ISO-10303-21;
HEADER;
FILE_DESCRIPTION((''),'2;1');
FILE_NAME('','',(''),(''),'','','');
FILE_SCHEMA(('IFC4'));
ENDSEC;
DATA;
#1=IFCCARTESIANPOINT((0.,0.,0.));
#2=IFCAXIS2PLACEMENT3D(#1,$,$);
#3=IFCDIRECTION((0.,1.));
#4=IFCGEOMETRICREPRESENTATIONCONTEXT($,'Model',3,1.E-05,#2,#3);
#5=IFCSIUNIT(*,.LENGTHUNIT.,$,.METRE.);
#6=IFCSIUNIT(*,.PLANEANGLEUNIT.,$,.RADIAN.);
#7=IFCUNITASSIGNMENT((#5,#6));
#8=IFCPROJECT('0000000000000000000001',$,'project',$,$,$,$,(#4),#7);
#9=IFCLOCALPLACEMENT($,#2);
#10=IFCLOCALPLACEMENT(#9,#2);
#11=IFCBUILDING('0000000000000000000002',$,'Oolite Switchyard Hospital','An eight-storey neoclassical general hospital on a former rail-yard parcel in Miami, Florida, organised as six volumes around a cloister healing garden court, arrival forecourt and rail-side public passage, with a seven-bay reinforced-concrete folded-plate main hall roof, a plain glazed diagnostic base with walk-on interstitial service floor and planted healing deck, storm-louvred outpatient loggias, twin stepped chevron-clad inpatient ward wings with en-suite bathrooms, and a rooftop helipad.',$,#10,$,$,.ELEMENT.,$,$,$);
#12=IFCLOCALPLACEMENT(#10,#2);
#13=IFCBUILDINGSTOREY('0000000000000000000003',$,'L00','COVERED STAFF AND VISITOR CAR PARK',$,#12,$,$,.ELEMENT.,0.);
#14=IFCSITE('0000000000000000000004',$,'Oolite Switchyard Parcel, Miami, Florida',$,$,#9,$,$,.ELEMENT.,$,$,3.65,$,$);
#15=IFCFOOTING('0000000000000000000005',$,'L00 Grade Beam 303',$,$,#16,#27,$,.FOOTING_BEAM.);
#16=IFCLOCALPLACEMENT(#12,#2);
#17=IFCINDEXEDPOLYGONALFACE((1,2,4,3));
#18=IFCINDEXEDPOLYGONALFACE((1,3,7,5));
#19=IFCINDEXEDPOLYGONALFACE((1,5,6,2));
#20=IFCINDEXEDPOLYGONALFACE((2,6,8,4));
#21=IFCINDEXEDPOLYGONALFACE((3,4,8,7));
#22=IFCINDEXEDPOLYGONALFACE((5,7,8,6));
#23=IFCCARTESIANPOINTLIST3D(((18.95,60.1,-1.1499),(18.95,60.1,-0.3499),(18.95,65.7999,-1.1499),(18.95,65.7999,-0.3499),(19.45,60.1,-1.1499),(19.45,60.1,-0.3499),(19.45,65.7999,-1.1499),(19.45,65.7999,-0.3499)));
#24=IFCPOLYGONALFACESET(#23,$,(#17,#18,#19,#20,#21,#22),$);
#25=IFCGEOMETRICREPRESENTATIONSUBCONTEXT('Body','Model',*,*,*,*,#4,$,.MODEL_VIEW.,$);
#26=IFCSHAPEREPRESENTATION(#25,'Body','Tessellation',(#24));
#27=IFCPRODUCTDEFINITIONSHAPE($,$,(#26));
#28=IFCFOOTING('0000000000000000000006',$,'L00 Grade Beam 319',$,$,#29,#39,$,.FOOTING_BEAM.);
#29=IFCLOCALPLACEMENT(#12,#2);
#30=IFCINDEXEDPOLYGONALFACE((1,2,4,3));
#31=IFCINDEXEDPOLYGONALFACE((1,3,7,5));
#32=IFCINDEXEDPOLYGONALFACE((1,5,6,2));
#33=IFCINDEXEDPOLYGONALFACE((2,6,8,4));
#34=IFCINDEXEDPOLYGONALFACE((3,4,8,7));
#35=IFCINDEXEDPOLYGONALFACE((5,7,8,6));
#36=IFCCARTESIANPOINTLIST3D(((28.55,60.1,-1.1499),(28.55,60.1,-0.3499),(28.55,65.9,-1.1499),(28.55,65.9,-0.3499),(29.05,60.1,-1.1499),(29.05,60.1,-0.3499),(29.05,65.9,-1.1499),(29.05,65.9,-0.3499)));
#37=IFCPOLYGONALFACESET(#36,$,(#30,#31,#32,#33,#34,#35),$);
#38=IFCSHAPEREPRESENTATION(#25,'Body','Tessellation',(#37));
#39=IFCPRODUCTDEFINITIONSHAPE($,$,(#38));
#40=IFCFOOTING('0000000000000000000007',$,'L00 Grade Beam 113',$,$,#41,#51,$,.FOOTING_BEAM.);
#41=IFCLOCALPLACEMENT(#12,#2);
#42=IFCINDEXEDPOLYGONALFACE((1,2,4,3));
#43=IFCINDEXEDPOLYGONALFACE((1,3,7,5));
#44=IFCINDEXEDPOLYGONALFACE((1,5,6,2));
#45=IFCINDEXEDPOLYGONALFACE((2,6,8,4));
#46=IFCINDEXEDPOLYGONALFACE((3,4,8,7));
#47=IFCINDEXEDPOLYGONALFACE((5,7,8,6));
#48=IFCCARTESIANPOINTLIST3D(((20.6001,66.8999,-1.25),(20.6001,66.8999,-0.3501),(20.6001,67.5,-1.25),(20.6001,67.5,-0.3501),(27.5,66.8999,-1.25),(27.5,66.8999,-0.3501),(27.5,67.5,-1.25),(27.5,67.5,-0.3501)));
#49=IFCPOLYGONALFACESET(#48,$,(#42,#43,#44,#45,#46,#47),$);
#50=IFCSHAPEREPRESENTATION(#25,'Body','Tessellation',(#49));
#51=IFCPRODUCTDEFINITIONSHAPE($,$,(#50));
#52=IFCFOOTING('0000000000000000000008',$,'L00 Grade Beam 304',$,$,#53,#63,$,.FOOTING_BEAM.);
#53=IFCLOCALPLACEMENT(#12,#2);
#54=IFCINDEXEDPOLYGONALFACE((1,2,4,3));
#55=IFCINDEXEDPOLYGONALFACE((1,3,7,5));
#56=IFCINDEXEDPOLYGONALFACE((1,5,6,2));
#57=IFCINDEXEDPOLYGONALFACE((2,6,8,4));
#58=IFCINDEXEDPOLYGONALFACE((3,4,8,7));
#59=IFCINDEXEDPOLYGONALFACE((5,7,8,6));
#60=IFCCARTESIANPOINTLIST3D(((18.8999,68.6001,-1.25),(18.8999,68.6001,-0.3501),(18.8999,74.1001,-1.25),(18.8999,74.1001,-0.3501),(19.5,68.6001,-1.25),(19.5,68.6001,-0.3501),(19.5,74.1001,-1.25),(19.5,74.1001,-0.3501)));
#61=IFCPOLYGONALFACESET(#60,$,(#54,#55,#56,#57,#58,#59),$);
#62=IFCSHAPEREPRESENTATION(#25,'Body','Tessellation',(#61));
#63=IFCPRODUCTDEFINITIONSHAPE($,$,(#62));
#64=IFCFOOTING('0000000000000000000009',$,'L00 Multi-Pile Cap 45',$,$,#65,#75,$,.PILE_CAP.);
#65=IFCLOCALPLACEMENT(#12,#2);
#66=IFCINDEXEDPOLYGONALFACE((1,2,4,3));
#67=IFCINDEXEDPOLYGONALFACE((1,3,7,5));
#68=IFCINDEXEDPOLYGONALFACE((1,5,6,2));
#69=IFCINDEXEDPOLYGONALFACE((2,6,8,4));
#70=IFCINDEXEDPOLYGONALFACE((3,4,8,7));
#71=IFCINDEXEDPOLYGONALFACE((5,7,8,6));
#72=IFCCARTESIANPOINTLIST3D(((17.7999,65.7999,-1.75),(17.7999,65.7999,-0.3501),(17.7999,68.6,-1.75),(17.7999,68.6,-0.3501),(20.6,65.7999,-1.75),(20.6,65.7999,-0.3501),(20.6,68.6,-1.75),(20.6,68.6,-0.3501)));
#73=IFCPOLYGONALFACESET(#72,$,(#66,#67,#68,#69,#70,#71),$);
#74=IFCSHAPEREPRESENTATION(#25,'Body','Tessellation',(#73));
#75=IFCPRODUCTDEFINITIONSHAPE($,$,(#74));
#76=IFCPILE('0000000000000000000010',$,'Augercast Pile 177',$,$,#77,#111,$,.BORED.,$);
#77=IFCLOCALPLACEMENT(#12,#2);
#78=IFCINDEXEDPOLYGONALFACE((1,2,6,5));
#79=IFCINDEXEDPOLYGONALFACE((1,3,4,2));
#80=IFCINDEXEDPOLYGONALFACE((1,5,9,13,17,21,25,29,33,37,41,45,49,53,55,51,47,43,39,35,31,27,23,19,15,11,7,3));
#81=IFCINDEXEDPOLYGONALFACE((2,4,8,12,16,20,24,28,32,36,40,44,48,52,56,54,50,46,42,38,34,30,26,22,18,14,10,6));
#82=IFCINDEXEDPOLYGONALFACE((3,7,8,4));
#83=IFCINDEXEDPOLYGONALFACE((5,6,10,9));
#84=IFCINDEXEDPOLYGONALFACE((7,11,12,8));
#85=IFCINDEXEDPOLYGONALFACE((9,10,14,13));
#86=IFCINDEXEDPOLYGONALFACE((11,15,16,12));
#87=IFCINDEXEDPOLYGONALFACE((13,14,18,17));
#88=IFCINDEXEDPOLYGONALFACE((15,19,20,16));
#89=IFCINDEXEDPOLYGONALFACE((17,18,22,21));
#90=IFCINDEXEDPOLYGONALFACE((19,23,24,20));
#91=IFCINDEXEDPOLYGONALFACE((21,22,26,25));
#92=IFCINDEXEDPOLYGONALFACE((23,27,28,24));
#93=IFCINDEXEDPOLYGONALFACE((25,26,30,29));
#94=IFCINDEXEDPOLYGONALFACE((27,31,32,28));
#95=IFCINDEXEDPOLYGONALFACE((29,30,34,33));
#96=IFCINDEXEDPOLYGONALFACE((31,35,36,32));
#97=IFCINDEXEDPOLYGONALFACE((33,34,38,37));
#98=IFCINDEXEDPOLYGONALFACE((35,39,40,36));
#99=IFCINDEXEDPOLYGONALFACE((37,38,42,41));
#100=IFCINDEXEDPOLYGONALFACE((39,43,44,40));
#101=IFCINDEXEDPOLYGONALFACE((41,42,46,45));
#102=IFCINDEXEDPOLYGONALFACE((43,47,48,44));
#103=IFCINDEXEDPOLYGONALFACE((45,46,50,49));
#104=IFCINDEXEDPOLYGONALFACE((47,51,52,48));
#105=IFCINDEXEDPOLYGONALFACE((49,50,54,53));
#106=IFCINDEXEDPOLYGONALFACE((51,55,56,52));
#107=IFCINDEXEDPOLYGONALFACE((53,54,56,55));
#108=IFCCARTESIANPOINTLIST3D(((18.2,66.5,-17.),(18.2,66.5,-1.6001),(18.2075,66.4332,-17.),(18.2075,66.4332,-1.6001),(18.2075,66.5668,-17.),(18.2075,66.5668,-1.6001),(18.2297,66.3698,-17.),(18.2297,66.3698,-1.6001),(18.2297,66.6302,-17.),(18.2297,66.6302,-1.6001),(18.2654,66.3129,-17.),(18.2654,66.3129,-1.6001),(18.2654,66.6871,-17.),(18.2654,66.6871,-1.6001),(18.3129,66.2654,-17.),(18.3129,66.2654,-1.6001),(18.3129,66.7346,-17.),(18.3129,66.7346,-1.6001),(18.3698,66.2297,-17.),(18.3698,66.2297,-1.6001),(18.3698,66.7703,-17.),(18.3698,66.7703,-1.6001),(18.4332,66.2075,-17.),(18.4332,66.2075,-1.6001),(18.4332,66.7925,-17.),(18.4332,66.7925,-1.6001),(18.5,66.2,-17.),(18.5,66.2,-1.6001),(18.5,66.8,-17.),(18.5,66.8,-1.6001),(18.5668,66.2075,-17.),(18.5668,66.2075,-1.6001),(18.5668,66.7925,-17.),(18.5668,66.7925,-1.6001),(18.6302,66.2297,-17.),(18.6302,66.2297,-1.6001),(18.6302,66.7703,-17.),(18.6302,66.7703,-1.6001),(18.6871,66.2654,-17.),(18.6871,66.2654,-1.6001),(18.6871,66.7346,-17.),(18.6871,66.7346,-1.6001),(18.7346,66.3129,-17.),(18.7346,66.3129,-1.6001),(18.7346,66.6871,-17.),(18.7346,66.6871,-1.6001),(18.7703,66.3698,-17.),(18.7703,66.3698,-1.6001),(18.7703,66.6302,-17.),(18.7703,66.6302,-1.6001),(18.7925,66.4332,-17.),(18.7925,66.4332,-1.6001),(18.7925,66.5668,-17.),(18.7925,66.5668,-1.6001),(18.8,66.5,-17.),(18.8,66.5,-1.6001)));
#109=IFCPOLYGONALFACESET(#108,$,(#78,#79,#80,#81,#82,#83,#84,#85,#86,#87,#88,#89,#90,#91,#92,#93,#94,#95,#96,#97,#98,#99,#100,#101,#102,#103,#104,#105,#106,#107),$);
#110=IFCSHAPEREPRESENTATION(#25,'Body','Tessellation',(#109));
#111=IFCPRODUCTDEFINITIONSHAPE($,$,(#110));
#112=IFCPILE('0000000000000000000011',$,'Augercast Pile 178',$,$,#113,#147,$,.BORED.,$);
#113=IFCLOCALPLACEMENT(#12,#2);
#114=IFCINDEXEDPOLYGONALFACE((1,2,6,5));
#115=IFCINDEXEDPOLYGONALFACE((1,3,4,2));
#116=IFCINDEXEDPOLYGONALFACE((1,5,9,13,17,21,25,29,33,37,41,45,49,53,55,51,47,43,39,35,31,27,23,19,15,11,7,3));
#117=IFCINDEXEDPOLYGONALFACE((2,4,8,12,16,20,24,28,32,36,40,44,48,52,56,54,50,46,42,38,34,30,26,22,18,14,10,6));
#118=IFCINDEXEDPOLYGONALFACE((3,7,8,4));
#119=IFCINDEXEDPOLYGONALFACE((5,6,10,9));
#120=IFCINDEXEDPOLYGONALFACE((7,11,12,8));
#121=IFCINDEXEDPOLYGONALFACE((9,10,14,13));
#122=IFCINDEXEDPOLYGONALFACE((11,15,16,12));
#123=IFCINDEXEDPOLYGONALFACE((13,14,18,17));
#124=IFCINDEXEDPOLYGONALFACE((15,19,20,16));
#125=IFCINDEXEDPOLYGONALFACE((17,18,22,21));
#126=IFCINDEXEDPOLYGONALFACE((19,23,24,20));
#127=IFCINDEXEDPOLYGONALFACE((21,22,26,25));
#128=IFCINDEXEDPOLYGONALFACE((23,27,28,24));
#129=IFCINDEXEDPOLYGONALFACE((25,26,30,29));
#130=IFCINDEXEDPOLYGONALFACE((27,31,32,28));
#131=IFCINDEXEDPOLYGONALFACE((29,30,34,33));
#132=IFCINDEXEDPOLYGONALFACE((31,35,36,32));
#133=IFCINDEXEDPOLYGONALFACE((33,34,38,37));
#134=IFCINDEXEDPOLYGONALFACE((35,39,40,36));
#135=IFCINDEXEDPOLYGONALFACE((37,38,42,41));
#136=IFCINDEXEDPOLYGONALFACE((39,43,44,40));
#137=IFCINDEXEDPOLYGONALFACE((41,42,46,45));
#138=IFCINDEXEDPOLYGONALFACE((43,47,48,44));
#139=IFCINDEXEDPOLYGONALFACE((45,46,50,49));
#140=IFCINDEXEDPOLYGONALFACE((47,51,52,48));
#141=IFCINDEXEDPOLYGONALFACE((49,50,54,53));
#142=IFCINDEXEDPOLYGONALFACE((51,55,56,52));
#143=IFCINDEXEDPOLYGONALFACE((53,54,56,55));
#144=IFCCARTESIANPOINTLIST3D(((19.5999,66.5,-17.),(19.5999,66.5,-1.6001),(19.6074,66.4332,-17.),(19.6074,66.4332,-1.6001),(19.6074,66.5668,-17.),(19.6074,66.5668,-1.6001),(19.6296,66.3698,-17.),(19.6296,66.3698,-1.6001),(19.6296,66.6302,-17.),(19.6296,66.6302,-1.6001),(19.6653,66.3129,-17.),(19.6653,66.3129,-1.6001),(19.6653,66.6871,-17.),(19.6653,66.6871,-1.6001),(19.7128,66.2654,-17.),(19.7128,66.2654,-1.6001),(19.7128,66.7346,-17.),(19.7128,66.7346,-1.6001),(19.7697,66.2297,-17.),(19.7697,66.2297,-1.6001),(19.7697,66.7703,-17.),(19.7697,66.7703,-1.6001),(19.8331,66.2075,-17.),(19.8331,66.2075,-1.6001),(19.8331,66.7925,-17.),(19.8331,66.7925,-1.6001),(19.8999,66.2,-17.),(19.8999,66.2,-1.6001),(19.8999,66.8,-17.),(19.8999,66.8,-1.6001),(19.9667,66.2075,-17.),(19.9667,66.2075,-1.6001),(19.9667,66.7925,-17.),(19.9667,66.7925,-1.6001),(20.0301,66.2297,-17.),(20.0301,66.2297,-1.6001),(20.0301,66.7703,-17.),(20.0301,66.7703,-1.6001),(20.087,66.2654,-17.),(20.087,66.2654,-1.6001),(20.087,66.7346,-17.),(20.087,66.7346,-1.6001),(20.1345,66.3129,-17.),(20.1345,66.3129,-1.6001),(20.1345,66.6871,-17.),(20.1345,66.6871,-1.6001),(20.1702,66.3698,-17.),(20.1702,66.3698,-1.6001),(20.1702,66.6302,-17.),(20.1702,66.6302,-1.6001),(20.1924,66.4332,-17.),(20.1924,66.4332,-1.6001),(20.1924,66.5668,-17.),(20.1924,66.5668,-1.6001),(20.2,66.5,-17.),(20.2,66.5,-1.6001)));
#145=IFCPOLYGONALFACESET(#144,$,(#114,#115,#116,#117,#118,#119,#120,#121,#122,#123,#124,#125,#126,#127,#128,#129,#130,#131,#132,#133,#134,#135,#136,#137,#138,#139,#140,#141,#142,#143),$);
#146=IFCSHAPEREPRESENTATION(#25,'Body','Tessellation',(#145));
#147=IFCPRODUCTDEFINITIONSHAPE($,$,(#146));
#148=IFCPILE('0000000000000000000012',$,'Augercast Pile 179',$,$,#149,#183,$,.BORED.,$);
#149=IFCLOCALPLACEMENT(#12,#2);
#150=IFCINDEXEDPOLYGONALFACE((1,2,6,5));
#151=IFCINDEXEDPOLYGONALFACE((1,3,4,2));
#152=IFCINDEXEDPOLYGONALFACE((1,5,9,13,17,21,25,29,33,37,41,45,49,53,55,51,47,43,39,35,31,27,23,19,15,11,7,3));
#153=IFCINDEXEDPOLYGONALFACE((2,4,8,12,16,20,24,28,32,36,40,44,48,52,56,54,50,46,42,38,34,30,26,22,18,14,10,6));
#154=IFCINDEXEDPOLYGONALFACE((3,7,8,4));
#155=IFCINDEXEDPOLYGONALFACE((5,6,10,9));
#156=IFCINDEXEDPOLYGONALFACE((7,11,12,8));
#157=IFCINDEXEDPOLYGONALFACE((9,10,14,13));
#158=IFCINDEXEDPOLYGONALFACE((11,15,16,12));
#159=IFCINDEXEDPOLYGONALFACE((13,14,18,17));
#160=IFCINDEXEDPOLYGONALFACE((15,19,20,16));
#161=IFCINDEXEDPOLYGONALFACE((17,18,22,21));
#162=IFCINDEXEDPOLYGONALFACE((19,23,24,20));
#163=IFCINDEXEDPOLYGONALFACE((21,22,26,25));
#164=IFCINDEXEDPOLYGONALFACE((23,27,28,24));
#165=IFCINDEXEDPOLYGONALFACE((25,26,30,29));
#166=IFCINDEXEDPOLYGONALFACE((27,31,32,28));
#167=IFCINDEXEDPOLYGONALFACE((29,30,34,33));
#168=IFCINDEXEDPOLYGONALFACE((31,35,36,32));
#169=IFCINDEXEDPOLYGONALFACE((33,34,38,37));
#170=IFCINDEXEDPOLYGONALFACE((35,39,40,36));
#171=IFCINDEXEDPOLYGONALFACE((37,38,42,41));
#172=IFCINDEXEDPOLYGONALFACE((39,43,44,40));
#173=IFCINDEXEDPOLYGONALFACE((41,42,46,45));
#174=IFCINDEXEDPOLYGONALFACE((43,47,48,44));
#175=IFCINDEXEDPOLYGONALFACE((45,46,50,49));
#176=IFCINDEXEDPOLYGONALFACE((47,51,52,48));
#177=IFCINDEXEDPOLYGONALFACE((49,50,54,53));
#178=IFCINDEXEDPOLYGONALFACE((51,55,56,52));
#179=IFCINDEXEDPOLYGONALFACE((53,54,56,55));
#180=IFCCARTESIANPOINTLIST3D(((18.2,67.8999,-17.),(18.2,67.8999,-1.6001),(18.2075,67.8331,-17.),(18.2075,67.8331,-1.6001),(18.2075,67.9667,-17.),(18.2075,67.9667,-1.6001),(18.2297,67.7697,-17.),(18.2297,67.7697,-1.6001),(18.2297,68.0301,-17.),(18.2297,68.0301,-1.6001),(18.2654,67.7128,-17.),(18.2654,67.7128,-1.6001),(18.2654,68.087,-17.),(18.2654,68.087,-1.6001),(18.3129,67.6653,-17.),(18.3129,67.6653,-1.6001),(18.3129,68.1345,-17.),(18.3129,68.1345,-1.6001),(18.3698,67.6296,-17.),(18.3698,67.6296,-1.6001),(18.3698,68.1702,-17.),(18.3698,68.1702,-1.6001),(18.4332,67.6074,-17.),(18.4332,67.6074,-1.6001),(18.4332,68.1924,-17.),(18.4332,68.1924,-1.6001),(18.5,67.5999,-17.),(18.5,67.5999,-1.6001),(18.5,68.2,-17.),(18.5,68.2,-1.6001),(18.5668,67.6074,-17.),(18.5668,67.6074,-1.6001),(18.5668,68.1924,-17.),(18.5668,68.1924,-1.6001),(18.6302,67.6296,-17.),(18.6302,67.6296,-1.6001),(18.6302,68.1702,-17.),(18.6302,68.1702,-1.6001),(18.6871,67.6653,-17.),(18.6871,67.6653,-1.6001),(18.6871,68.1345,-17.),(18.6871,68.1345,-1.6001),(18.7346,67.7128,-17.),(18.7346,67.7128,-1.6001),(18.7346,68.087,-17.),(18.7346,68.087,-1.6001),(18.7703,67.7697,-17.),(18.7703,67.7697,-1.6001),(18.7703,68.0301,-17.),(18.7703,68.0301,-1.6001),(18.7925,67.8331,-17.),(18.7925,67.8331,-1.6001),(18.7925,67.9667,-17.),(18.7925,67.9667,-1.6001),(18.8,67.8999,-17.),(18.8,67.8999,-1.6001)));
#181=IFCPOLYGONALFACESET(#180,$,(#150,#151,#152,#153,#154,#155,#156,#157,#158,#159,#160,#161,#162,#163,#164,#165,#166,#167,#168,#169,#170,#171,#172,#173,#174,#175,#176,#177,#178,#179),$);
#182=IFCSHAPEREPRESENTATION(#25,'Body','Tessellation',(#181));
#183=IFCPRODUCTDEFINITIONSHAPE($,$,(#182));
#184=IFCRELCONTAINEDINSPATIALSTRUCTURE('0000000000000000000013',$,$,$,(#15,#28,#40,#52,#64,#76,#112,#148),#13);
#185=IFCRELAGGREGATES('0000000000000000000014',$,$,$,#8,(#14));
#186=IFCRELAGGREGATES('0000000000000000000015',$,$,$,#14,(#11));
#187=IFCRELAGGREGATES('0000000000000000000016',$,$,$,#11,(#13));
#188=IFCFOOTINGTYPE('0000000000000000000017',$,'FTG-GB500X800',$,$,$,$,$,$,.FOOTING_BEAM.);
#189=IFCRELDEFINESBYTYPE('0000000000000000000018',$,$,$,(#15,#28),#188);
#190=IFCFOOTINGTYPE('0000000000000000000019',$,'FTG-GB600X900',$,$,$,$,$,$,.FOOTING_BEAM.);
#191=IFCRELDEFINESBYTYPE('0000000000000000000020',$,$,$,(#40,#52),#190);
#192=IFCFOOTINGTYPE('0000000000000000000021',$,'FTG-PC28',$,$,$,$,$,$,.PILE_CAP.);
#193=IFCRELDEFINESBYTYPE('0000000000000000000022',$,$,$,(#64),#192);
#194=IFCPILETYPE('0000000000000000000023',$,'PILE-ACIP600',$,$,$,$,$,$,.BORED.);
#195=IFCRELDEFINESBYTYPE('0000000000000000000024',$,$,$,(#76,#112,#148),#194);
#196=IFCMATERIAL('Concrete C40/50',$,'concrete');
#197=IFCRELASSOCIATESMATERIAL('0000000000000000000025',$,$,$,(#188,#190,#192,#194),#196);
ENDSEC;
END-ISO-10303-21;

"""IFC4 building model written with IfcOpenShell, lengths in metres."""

from ifc_helpers import new_model, si_unit, direction, frame, origin, origin_2d, place, context, subcontext, project, spatial, rectangle, circle, extrude, material, material_profile, profile_set, type_object, element, save


model = new_model("IFC4")

# Units and contexts
model_context = context("Model", 3, precision=1e-05, world=origin(), true_north=direction((0.0, 1.0)))
body_context = subcontext(model_context, "Body", "Model", "MODEL_VIEW")
ifc_project = project(units=[si_unit("LENGTHUNIT", "METRE"), si_unit("PLANEANGLEUNIT", "RADIAN")], contexts=[model_context])

# Site, building, storey
site_placement = place(None, origin())
site = spatial("IfcSite", under=ifc_project, at=site_placement, Name="Oolite Switchyard Parcel, Miami, Florida", CompositionType="ELEMENT", RefElevation=3.65)
building_placement = place(site_placement, origin())
building = spatial("IfcBuilding", under=site, at=building_placement, Name="Oolite Switchyard Hospital", Description="An eight-storey neoclassical general hospital on a former rail-yard parcel in Miami, Florida, organised as six volumes around a cloister healing garden court, arrival forecourt and rail-side public passage, with a seven-bay reinforced-concrete folded-plate main hall roof, a plain glazed diagnostic base with walk-on interstitial service floor and planted healing deck, storm-louvred outpatient loggias, twin stepped chevron-clad inpatient ward wings with en-suite bathrooms, and a rooftop helipad.", CompositionType="ELEMENT")
storey_placement = place(building_placement, origin())
storey = spatial("IfcBuildingStorey", under=building, at=storey_placement, Name="L00", Description="COVERED STAFF AND VISITOR CAR PARK", CompositionType="ELEMENT", Elevation=0.0)

# Footings
ifc_material_1 = material(Name="Concrete C40/50", Category="concrete")
footing_type_1 = type_object("IfcFootingType", Name="FTG-GB500X800", PredefinedType="FOOTING_BEAM", material=ifc_material_1)
footing_1_placement = place(storey_placement, frame((19.2, 62.95, -1.1499), z_axis=(0.0, 0.0, 1.0), x_axis=(0.0, 1.0, 0.0)))
element("IfcFooting", 1, at=footing_1_placement, inside=storey, type_object=footing_type_1, Name="L00 Grade Beam 303", PredefinedType="FOOTING_BEAM", context=body_context, shape_type="SweptSolid", body=[
    extrude(rectangle(XDim=5.7, YDim=0.5, at=origin_2d()), origin(), (0.0, 0.0, 1.0), 0.8),
])
footing_2_placement = place(storey_placement, frame((28.8, 63.0, -1.1499), z_axis=(0.0, 0.0, 1.0), x_axis=(0.0, 1.0, 0.0)))
element("IfcFooting", 2, at=footing_2_placement, inside=storey, type_object=footing_type_1, Name="L00 Grade Beam 319", PredefinedType="FOOTING_BEAM", context=body_context, shape_type="SweptSolid", body=[
    extrude(rectangle(XDim=5.8, YDim=0.5, at=origin_2d()), origin(), (0.0, 0.0, 1.0), 0.8),
])
footing_type_2 = type_object("IfcFootingType", Name="FTG-GB600X900", PredefinedType="FOOTING_BEAM", material=ifc_material_1)
footing_3_placement = place(storey_placement, frame((24.05, 67.2, -1.25), z_axis=(0.0, 0.0, 1.0), x_axis=(1.0, 0.0, 0.0)))
element("IfcFooting", 3, at=footing_3_placement, inside=storey, type_object=footing_type_2, Name="L00 Grade Beam 113", PredefinedType="FOOTING_BEAM", context=body_context, shape_type="SweptSolid", body=[
    extrude(rectangle(XDim=6.8999, YDim=0.6001, at=origin_2d()), origin(), (0.0, 0.0, 1.0), 0.8999),
])
footing_4_placement = place(storey_placement, frame((19.2, 71.3501, -1.25), z_axis=(0.0, 0.0, 1.0), x_axis=(0.0, 1.0, 0.0)))
element("IfcFooting", 4, at=footing_4_placement, inside=storey, type_object=footing_type_2, Name="L00 Grade Beam 304", PredefinedType="FOOTING_BEAM", context=body_context, shape_type="SweptSolid", body=[
    extrude(rectangle(XDim=5.5, YDim=0.6001, at=origin_2d()), origin(), (0.0, 0.0, 1.0), 0.8999),
])
footing_type_3 = type_object("IfcFootingType", Name="FTG-PC28", PredefinedType="PILE_CAP", material=ifc_material_1)
footing_5_placement = place(storey_placement, frame((19.2, 67.2, -1.75), z_axis=(0.0, 0.0, 1.0), x_axis=(1.0, 0.0, 0.0)))
element("IfcFooting", 5, at=footing_5_placement, inside=storey, type_object=footing_type_3, Name="L00 Multi-Pile Cap 45", PredefinedType="PILE_CAP", context=body_context, shape_type="SweptSolid", body=[
    extrude(rectangle(XDim=2.8, YDim=2.8, at=origin_2d()), origin(), (0.0, 0.0, 1.0), 1.3999),
])

# Piles
ifc_material_profile_1 = material_profile(ifc_material_1, circle(Radius=0.3, at=origin_2d()), Name="PILE600")
ifc_profile_set_1 = profile_set([ifc_material_profile_1], Name="Concrete C40/50")
pile_type = type_object("IfcPileType", Name="PILE-ACIP600", PredefinedType="BORED", material=ifc_profile_set_1)
for number, where, z_axis, x_axis, name in (
    (6, (18.5, 66.5, -1.6001), (0.0, 0.0, -1.0), (1.0, 0.0, 0.0), "Augercast Pile 177"),
    (7, (19.8999, 66.5, -1.6001), (0.0, 0.0, -1.0), (1.0, 0.0, 0.0), "Augercast Pile 178"),
    (8, (18.5, 67.8999, -1.6001), (0.0, 0.0, -1.0), (1.0, 0.0, 0.0), "Augercast Pile 179"),
):
    element("IfcPile", number, at=place(storey_placement, frame(where, z_axis=z_axis, x_axis=x_axis)), inside=storey, type_object=pile_type, Name=name, PredefinedType="BORED", context=body_context, shape_type="SweptSolid", body=[
        extrude(circle(Radius=0.3, at=origin_2d()), origin(), (0.0, 0.0, 1.0), 15.3999),
    ])

save(model, "model.ifc")
